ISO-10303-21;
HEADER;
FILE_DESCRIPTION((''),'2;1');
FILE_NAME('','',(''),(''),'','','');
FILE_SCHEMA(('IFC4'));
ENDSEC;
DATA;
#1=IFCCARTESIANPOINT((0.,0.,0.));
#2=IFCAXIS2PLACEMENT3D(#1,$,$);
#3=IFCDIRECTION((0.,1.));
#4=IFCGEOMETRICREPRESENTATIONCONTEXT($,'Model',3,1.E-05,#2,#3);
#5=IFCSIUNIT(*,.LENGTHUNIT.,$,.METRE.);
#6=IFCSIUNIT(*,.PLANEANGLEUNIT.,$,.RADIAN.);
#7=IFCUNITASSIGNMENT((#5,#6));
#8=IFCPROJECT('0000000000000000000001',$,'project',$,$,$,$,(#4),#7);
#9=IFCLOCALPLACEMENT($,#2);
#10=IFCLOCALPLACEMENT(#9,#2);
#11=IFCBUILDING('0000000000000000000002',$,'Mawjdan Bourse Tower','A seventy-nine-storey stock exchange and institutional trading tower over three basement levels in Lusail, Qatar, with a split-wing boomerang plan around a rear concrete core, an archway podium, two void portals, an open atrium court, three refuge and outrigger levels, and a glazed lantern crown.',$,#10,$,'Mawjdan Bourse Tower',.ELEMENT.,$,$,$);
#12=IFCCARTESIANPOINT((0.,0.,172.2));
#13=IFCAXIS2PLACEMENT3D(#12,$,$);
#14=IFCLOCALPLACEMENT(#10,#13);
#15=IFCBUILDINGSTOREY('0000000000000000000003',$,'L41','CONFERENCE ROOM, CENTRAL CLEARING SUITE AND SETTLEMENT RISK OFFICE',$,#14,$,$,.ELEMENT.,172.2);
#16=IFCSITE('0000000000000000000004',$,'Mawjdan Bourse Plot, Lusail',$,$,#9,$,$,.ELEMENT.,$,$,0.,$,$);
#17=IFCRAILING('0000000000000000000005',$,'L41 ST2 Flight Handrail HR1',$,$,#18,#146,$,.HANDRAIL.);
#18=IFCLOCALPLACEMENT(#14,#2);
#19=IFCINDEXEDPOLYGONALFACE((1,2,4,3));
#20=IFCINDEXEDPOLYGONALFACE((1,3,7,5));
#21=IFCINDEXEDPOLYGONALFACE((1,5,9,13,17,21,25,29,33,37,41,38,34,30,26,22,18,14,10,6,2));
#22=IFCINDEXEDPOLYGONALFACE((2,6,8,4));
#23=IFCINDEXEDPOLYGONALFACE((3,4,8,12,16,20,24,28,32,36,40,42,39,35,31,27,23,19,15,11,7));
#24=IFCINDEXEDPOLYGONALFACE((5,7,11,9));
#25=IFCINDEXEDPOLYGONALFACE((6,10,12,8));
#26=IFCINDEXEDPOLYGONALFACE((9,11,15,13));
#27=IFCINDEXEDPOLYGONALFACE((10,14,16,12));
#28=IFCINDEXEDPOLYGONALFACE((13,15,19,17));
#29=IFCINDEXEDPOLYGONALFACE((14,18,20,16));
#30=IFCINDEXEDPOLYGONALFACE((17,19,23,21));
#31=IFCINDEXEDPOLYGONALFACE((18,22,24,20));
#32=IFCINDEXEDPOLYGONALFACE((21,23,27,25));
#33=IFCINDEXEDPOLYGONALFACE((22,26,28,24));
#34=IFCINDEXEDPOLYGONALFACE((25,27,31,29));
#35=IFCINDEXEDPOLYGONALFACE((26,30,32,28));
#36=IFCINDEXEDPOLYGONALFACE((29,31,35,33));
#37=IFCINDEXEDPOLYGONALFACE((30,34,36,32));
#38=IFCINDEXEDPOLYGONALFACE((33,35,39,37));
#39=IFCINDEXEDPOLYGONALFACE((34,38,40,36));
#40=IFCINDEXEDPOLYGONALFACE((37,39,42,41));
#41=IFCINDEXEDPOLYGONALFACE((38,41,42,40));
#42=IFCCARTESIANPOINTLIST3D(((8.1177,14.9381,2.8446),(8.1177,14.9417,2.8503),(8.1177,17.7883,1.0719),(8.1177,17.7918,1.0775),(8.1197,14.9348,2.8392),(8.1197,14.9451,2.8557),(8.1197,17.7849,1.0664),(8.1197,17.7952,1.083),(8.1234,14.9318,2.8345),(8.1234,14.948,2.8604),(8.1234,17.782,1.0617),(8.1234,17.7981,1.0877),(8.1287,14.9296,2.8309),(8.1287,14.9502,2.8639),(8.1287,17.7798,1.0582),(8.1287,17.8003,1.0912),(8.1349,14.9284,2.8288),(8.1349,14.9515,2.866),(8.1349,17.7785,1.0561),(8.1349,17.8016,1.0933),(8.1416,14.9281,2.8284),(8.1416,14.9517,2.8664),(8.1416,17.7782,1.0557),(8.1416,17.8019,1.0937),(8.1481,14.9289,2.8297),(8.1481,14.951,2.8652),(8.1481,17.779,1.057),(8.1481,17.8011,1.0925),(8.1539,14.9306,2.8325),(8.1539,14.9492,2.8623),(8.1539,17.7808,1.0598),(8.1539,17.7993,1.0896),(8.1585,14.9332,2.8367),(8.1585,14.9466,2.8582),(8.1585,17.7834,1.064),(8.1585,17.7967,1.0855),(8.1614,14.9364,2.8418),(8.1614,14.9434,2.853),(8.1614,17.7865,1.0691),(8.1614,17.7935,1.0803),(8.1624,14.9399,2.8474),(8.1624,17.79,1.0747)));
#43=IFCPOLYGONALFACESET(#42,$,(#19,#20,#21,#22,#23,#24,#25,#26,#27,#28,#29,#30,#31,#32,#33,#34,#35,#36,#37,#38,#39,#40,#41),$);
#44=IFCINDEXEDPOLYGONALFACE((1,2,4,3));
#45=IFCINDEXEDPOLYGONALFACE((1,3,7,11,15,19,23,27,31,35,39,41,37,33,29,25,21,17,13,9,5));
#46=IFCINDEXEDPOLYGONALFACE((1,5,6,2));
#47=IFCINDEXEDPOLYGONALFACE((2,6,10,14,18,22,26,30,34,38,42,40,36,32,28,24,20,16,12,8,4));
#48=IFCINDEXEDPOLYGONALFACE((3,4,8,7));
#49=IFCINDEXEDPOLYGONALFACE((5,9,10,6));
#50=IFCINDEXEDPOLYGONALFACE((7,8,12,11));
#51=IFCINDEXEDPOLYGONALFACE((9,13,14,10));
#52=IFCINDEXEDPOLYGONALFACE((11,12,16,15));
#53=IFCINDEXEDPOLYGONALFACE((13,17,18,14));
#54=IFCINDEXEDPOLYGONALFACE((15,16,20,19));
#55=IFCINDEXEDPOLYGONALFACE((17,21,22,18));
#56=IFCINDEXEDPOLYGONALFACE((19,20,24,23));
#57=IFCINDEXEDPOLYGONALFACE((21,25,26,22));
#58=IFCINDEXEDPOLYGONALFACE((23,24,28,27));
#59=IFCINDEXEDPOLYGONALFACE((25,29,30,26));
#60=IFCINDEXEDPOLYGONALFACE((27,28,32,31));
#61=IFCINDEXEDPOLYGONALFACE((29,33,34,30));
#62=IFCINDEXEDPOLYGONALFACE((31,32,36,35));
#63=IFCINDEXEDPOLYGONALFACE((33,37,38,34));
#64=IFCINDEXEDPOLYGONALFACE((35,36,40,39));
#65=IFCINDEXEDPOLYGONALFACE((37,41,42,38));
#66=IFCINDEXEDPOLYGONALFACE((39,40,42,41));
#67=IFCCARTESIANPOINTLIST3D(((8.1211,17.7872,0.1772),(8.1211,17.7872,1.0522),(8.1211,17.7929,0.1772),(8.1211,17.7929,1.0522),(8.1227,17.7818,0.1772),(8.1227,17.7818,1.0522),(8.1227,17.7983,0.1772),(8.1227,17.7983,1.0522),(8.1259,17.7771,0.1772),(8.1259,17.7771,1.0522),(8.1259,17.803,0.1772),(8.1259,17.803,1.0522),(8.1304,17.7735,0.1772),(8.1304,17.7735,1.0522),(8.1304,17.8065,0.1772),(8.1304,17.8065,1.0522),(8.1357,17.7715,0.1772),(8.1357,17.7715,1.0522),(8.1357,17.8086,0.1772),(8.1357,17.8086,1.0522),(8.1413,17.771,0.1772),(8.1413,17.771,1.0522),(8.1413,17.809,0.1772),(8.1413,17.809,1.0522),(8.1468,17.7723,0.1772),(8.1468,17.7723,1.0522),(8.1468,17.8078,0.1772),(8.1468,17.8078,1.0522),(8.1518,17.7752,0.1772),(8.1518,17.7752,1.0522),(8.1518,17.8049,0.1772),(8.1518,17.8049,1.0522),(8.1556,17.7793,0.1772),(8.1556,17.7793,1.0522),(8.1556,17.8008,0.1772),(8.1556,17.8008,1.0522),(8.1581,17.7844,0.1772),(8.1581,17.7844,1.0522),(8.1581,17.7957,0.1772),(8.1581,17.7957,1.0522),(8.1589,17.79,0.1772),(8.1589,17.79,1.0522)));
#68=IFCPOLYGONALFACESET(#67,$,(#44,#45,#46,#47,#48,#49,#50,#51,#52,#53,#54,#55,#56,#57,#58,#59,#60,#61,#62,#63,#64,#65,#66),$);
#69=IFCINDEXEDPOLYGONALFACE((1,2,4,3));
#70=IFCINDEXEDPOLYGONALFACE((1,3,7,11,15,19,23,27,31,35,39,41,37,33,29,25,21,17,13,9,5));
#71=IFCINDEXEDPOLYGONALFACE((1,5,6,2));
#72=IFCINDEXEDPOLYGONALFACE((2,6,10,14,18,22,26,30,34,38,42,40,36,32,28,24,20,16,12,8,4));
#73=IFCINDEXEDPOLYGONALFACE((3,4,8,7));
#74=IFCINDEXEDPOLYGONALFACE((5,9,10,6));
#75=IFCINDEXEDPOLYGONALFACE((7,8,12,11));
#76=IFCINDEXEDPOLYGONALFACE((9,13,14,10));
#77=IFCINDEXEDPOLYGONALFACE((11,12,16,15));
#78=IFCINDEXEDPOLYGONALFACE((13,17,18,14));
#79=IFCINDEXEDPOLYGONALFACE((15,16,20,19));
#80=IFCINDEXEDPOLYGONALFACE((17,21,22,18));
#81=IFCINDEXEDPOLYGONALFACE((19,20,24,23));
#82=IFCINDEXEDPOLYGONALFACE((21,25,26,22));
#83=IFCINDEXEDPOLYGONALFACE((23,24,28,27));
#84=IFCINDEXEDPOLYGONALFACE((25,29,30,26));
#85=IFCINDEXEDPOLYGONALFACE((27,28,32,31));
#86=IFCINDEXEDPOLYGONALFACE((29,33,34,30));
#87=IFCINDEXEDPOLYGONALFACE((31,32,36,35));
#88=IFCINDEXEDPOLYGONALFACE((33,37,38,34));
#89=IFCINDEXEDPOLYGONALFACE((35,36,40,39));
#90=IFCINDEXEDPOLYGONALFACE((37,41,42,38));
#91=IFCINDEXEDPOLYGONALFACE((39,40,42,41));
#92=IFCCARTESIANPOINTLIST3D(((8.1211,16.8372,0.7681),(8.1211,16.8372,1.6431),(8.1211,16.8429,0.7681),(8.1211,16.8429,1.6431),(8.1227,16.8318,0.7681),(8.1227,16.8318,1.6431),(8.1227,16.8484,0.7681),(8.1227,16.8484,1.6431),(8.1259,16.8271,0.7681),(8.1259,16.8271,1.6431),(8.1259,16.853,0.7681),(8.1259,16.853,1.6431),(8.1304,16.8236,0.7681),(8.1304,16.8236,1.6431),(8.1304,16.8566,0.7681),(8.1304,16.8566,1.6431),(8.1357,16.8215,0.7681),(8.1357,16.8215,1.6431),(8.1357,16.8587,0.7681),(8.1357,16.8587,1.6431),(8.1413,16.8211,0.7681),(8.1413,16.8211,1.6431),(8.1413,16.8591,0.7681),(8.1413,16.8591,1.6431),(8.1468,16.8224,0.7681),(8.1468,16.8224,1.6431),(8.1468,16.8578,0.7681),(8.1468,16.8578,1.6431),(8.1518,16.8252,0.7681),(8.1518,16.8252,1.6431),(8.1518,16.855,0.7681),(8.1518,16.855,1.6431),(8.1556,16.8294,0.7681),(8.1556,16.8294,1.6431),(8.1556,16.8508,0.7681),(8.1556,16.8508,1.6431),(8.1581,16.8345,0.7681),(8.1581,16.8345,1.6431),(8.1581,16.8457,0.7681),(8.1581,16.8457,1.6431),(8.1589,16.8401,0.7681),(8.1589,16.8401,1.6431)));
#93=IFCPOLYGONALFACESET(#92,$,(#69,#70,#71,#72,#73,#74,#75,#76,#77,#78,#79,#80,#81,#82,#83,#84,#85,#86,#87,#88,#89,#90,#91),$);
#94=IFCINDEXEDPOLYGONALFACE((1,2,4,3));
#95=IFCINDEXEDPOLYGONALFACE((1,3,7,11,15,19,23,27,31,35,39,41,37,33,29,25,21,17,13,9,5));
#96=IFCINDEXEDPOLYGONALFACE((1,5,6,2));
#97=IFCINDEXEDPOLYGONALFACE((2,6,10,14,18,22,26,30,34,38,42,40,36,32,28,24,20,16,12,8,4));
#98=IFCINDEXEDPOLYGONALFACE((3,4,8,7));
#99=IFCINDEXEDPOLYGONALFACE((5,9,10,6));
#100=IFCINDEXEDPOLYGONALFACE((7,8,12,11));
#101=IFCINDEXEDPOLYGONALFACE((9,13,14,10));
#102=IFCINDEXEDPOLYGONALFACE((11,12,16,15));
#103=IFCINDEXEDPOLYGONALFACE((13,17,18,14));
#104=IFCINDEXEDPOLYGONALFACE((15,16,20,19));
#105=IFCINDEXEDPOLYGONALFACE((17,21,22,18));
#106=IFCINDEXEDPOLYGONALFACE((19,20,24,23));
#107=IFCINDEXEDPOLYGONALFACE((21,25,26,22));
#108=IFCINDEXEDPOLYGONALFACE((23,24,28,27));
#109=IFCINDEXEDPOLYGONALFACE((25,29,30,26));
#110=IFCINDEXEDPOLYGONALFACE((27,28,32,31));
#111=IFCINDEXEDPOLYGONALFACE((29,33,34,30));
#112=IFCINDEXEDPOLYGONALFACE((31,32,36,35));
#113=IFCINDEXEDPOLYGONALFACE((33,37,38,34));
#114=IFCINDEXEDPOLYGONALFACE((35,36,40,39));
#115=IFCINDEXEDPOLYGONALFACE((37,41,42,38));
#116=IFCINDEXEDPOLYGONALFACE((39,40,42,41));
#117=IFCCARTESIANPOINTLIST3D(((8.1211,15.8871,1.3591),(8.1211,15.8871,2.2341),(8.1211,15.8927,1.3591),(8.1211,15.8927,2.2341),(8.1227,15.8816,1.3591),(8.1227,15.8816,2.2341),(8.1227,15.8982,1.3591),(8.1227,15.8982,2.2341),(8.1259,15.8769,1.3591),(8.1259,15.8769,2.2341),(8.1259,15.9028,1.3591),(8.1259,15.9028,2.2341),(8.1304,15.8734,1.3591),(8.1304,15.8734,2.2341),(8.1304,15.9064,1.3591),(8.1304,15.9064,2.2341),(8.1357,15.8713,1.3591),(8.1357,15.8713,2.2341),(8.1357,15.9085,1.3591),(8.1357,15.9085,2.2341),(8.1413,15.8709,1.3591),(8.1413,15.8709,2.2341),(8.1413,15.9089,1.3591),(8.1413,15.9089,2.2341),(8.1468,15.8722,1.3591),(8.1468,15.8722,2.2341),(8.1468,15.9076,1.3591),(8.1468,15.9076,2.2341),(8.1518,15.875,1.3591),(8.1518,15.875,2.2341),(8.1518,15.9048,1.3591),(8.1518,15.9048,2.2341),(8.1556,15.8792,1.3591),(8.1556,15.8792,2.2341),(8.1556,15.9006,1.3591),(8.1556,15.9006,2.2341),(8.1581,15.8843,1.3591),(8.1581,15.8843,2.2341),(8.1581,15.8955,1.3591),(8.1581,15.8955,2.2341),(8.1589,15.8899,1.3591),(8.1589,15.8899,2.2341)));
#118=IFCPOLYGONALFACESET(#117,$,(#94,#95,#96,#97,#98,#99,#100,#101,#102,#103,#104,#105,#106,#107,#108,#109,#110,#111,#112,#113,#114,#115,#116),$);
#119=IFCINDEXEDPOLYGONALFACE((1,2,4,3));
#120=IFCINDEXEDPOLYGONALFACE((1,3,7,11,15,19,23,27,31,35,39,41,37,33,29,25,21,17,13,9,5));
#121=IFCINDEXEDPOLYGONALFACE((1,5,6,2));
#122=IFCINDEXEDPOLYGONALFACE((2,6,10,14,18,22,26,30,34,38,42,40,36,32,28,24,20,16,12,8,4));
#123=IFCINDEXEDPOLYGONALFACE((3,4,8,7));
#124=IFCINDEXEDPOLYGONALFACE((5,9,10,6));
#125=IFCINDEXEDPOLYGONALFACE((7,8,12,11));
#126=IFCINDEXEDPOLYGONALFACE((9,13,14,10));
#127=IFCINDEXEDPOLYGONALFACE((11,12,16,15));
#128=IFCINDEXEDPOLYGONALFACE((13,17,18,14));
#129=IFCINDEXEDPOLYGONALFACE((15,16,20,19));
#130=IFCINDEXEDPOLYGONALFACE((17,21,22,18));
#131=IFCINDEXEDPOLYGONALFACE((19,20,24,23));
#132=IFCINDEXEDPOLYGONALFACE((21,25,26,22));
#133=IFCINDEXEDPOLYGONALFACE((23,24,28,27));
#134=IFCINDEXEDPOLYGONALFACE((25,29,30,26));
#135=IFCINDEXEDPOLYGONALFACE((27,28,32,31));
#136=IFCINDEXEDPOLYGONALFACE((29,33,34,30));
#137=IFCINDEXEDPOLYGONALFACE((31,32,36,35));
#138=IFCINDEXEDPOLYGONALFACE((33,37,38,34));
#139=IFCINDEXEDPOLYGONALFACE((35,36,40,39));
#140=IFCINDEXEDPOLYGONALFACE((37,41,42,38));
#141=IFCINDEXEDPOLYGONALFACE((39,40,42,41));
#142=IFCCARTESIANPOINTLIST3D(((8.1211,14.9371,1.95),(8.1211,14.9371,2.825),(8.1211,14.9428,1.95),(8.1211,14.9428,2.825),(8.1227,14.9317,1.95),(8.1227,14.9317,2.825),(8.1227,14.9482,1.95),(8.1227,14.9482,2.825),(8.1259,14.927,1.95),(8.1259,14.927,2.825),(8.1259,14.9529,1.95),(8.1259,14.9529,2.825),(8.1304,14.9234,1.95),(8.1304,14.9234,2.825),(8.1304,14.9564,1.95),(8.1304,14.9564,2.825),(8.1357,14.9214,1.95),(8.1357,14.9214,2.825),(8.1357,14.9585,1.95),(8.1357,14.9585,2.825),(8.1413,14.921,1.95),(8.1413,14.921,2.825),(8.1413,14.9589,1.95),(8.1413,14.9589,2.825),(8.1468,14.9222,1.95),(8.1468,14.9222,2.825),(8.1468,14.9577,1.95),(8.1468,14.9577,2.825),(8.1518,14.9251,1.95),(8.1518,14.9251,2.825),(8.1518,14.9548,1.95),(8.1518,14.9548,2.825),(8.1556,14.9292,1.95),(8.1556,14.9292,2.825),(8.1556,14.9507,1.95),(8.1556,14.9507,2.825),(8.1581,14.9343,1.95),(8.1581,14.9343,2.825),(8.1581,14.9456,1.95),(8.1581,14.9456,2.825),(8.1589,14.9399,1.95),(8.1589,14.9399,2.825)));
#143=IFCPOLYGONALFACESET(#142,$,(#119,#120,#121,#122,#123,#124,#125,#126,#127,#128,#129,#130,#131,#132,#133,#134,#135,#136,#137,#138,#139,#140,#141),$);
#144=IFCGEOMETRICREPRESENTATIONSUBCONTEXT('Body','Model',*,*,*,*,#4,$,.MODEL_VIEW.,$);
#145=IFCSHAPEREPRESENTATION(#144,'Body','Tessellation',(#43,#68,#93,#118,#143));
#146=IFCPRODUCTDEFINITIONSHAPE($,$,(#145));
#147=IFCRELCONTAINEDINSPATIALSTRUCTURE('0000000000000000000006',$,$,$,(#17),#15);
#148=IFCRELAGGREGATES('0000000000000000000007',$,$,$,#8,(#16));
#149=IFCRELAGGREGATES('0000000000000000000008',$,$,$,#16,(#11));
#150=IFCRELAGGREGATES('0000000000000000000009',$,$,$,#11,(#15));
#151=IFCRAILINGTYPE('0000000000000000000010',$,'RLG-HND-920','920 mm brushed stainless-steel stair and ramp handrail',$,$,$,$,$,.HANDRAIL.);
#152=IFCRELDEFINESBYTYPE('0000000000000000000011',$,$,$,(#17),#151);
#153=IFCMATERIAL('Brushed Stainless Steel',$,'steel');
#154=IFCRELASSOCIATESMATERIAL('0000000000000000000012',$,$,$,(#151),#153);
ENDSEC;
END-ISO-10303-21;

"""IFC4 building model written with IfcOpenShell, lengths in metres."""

from ifc_helpers import new_model, si_unit, direction, frame, origin, origin_2d, place, context, subcontext, project, spatial, circle, extrude, material, type_object, element, save


model = new_model("IFC4")

# Units and contexts
model_context = context("Model", 3, precision=1e-05, world=origin(), true_north=direction((0.0, 1.0)))
body_context = subcontext(model_context, "Body", "Model", "MODEL_VIEW")
ifc_project = project(units=[si_unit("LENGTHUNIT", "METRE"), si_unit("PLANEANGLEUNIT", "RADIAN")], contexts=[model_context])

# Site, building, storey
site_placement = place(None, origin())
site = spatial("IfcSite", under=ifc_project, at=site_placement, Name="Mawjdan Bourse Plot, Lusail", CompositionType="ELEMENT", RefElevation=0.0)
building_placement = place(site_placement, origin())
building = spatial("IfcBuilding", under=site, at=building_placement, Name="Mawjdan Bourse Tower", Description="A seventy-nine-storey stock exchange and institutional trading tower over three basement levels in Lusail, Qatar, with a split-wing boomerang plan around a rear concrete core, an archway podium, two void portals, an open atrium court, three refuge and outrigger levels, and a glazed lantern crown.", LongName="Mawjdan Bourse Tower", CompositionType="ELEMENT")
storey_placement = place(building_placement, frame((0.0, 0.0, 172.2)))
storey = spatial("IfcBuildingStorey", under=building, at=storey_placement, Name="L41", Description="CONFERENCE ROOM, CENTRAL CLEARING SUITE AND SETTLEMENT RISK OFFICE", CompositionType="ELEMENT", Elevation=172.2)

# Railing
ifc_material_1 = material(Name="Brushed Stainless Steel", Category="steel")
railing_type_1 = type_object("IfcRailingType", Name="RLG-HND-920", Description="920 mm brushed stainless-steel stair and ramp handrail", PredefinedType="HANDRAIL", material=ifc_material_1)
railing_1_placement = place(storey_placement, frame((8.1399, 17.79, 0.1772)))
element("IfcRailing", 1, at=railing_1_placement, inside=storey, type_object=railing_type_1, Name="L41 ST2 Flight Handrail HR1", PredefinedType="HANDRAIL", context=body_context, shape_type="SweptSolid", body=[
    extrude(circle(Radius=0.0225, at=origin_2d()), frame((0.0, 0.0, 0.8975), z_axis=(0.0, -0.849149, 0.528154), x_axis=(1.0, 0.0, 0.0)), (0.0, 0.0, 1.0), 3.3564),
    extrude(circle(Radius=0.019, at=origin_2d()), origin(), (0.0, 0.0, 1.0), 0.875),
    extrude(circle(Radius=0.019, at=origin_2d()), frame((0.0, -0.95, 0.5908)), (0.0, 0.0, 1.0), 0.875),
    extrude(circle(Radius=0.019, at=origin_2d()), frame((0.0, -1.9001, 1.1819)), (0.0, 0.0, 1.0), 0.875),
    extrude(circle(Radius=0.019, at=origin_2d()), frame((0.0, -2.8501, 1.7727)), (0.0, 0.0, 1.0), 0.875),
])

save(model, "model.ifc")
